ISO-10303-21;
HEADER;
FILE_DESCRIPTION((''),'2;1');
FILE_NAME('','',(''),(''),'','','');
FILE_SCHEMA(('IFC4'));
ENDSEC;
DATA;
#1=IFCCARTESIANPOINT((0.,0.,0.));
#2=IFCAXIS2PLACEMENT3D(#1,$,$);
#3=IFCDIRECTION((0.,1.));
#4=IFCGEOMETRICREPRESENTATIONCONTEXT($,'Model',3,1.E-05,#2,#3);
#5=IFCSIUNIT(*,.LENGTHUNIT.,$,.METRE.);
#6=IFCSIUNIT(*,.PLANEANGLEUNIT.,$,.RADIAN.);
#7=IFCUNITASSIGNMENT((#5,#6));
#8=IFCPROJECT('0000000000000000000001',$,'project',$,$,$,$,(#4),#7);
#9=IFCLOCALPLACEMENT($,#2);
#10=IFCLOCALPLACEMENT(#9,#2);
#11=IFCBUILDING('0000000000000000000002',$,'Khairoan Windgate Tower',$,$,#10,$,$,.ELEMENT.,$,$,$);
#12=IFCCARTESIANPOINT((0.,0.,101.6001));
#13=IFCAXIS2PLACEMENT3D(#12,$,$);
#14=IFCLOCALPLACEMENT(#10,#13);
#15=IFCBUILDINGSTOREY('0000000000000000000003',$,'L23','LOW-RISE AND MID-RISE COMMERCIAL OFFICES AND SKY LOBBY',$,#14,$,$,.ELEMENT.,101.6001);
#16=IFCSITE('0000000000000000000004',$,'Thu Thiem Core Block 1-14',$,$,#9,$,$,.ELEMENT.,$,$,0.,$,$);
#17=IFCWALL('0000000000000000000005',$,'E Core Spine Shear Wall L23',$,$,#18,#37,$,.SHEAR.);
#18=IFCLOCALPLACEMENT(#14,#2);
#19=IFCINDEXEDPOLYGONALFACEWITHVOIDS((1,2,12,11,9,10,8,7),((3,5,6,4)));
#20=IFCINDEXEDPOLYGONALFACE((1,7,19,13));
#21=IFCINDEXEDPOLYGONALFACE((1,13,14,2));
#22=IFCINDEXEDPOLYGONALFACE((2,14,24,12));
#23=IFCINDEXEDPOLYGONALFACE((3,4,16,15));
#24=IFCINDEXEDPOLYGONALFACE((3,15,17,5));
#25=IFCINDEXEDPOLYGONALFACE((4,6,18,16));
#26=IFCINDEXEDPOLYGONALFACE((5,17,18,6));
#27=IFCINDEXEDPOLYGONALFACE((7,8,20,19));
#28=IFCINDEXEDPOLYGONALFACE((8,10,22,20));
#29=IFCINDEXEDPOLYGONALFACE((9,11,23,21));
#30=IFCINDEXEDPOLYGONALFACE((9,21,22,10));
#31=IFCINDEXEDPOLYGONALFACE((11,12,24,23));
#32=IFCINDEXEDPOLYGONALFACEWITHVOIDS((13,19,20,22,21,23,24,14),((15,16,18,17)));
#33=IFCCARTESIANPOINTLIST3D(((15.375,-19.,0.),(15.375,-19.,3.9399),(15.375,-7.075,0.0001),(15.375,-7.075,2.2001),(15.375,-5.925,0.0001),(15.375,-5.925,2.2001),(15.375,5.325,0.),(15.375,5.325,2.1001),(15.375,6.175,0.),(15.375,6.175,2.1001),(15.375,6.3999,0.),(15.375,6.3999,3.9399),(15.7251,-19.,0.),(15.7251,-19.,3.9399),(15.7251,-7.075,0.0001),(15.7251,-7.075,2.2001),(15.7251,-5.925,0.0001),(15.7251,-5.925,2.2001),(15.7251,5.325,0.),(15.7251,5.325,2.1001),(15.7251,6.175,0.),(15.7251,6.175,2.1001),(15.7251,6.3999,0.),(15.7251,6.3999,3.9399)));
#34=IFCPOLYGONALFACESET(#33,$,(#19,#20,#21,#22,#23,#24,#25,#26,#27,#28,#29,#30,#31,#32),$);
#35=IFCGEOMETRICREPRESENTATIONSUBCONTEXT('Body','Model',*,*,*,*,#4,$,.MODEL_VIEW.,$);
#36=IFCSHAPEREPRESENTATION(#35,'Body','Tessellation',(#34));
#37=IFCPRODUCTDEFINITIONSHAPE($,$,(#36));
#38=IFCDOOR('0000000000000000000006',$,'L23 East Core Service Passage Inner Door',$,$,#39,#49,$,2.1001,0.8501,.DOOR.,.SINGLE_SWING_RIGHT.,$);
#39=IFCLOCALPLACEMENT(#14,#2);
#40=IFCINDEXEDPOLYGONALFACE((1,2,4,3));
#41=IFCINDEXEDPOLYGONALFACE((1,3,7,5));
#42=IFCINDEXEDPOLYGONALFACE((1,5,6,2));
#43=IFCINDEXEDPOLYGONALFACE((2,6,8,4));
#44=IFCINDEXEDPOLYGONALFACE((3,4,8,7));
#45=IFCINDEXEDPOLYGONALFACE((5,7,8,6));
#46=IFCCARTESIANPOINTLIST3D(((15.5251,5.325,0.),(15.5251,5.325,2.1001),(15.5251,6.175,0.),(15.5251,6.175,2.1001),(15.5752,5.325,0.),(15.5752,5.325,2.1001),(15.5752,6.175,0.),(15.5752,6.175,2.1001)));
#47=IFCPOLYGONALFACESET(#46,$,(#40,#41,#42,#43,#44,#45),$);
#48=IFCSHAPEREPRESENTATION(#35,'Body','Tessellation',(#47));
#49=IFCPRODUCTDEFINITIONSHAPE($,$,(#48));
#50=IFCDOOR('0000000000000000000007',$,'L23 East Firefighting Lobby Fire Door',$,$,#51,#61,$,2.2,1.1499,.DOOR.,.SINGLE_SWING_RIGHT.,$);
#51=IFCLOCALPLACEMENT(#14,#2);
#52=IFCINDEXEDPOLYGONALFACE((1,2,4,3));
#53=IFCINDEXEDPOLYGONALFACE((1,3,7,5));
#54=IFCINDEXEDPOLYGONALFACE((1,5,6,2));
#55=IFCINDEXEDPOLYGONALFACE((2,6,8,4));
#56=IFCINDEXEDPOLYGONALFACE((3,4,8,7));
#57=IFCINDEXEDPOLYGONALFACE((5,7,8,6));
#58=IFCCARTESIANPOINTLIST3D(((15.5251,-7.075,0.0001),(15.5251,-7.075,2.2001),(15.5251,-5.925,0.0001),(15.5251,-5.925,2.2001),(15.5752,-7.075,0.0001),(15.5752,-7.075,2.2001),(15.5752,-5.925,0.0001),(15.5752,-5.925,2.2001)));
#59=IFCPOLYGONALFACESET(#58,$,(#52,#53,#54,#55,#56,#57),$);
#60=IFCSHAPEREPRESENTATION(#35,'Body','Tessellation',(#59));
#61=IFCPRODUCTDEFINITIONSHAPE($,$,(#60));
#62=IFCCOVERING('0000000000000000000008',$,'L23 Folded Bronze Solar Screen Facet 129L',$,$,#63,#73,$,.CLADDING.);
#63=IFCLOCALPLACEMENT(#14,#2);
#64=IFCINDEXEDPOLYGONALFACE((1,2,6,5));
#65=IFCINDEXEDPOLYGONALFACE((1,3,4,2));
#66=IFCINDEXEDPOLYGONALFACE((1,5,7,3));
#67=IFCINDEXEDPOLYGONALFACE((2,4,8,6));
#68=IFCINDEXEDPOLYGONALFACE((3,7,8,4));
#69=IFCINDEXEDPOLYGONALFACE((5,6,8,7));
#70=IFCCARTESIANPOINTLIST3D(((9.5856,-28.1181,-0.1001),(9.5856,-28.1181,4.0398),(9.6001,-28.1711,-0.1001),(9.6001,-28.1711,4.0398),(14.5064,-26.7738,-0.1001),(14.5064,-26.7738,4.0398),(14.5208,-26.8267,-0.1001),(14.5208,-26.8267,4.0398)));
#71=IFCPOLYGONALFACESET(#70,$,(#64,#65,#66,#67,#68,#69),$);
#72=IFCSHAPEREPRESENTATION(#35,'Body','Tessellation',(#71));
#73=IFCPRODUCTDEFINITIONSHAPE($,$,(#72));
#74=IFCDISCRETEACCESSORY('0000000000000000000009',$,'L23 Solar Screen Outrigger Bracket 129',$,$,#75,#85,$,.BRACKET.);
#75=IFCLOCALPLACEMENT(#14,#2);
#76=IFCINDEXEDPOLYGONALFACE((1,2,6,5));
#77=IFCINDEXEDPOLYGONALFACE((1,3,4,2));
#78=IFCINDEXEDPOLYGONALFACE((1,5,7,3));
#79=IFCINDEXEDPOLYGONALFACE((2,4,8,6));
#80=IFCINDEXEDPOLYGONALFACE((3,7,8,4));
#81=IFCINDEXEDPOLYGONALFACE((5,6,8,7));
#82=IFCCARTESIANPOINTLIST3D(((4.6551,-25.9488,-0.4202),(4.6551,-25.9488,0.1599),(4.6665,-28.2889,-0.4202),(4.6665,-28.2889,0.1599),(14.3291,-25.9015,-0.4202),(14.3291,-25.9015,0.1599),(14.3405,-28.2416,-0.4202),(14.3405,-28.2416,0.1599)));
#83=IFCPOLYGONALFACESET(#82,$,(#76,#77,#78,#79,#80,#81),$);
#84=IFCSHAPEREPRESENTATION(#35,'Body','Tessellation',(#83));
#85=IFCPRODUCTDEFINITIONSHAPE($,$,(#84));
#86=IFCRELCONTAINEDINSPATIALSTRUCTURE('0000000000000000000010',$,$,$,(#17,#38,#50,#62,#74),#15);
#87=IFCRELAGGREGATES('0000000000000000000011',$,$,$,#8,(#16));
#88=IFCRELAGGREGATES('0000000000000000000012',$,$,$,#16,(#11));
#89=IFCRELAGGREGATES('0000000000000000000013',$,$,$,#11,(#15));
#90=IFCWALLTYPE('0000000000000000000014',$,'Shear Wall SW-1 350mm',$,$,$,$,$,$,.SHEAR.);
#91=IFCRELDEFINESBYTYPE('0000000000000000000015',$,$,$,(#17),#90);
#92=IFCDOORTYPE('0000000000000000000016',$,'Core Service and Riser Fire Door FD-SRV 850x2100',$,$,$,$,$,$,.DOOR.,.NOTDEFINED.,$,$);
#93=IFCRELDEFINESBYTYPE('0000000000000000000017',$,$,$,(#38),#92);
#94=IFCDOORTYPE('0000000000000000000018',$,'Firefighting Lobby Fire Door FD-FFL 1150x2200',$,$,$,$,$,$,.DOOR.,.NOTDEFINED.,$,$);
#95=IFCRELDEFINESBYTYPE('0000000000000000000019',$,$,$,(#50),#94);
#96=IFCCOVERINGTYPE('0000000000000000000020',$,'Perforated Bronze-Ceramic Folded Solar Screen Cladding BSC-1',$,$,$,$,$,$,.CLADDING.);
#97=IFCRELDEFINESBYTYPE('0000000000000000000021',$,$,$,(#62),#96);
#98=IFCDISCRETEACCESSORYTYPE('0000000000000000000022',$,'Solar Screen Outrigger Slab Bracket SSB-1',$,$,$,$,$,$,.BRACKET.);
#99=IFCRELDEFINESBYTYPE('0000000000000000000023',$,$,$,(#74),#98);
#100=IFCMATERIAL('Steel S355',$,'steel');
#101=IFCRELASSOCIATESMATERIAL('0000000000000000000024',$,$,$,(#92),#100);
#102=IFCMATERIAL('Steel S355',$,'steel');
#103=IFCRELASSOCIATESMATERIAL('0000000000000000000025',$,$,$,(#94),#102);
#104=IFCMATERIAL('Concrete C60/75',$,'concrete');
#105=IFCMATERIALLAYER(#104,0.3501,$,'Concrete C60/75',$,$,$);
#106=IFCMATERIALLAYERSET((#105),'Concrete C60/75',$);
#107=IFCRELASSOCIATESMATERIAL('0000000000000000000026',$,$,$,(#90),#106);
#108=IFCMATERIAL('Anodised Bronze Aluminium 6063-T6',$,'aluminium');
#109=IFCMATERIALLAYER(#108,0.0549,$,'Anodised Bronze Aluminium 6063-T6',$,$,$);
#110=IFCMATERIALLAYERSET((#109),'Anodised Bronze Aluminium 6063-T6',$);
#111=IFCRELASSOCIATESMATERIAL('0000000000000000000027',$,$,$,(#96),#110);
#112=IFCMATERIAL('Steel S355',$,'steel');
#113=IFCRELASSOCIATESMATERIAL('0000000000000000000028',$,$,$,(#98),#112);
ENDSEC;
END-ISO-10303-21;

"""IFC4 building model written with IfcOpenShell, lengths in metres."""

from ifc_helpers import new_model, si_unit, direction, frame, frame_2d, origin, origin_2d, place, context, subcontext, project, spatial, rectangle, extrude, material, layer, layer_set, type_object, element, fill, save


model = new_model("IFC4")

# Units and contexts
model_context = context("Model", 3, precision=1e-05, world=origin(), true_north=direction((0.0, 1.0)))
body_context = subcontext(model_context, "Body", "Model", "MODEL_VIEW")
ifc_project = project(units=[si_unit("LENGTHUNIT", "METRE"), si_unit("PLANEANGLEUNIT", "RADIAN")], contexts=[model_context])

# Site, building, storey
site_placement = place(None, origin())
site = spatial("IfcSite", under=ifc_project, at=site_placement, Name="Thu Thiem Core Block 1-14", CompositionType="ELEMENT", RefElevation=0.0)
building_placement = place(site_placement, origin())
building = spatial("IfcBuilding", under=site, at=building_placement, Name="Khairoan Windgate Tower", CompositionType="ELEMENT")
storey_placement = place(building_placement, frame((0.0, 0.0, 101.6001)))
storey = spatial("IfcBuildingStorey", under=building, at=storey_placement, Name="L23", Description="LOW-RISE AND MID-RISE COMMERCIAL OFFICES AND SKY LOBBY", CompositionType="ELEMENT", Elevation=101.6001)

# Shared definitions
ifc_material_1 = material(Name="Steel S355", Category="steel")
door_type_1 = type_object("IfcDoorType", Name="Core Service and Riser Fire Door FD-SRV 850x2100", OperationType="NOTDEFINED", PredefinedType="DOOR", material=ifc_material_1)
ifc_material_2 = material(Name="Steel S355", Category="steel")
door_type_2 = type_object("IfcDoorType", Name="Firefighting Lobby Fire Door FD-FFL 1150x2200", OperationType="NOTDEFINED", PredefinedType="DOOR", material=ifc_material_2)

# Wall, openings, doors
ifc_material_3 = material(Name="Concrete C60/75", Category="concrete")
ifc_layer_1 = layer(ifc_material_3, 0.3501, Name="Concrete C60/75")
ifc_layer_set_1 = layer_set([ifc_layer_1], Name="Concrete C60/75")
wall_type_1 = type_object("IfcWallType", Name="Shear Wall SW-1 350mm", PredefinedType="SHEAR", material=ifc_layer_set_1)
wall_1_placement = place(storey_placement, frame((15.55, -19.0, 0.0), z_axis=(0.0, 0.0, 1.0), x_axis=(0.0, 1.0, 0.0)))
wall_1 = element("IfcWall", 1, at=wall_1_placement, inside=storey, type_object=wall_type_1, Name="E Core Spine Shear Wall L23", PredefinedType="SHEAR", context=body_context, shape_type="SweptSolid", body=[
    extrude(rectangle(XDim=25.3999, YDim=0.3501, at=frame_2d((12.7, 0.0))), origin(), (0.0, 0.0, 1.0), 3.9399),
])
opening_1_placement = place(wall_1_placement, frame((11.925, 0.0, 0.0)))
opening_1 = element("IfcOpeningElement", 2, at=opening_1_placement, cuts=wall_1, PredefinedType="OPENING", context=body_context, shape_type="SweptSolid", body=[
    extrude(rectangle(XDim=1.1499, YDim=2.2, at=frame_2d((0.575, 1.1001))), frame((0.0, 0.1851, 0.0), z_axis=(0.0, -1.0, 0.0), x_axis=(1.0, 0.0, 0.0)), (0.0, 0.0, 1.0), 0.3701),
])
opening_2_placement = place(wall_1_placement, frame((24.325, 0.0, 0.0)))
opening_2 = element("IfcOpeningElement", 3, at=opening_2_placement, cuts=wall_1, PredefinedType="OPENING", context=body_context, shape_type="SweptSolid", body=[
    extrude(rectangle(XDim=0.8501, YDim=2.1001, at=frame_2d((0.425, 1.05))), frame((0.0, 0.1851, 0.0), z_axis=(0.0, -1.0, 0.0), x_axis=(1.0, 0.0, 0.0)), (0.0, 0.0, 1.0), 0.3701),
])
door_1_placement = place(opening_2_placement, origin())
door_1 = element("IfcDoor", 4, at=door_1_placement, inside=storey, type_object=door_type_1, Name="L23 East Core Service Passage Inner Door", OperationType="SINGLE_SWING_RIGHT", OverallHeight=2.1001, OverallWidth=0.8501, PredefinedType="DOOR", context=body_context, shape_type="SweptSolid", body=[
    extrude(rectangle(XDim=0.8501, YDim=2.1001, at=frame_2d((0.425, 1.05))), frame((0.0, 0.0249, 0.0), z_axis=(0.0, -1.0, 0.0), x_axis=(1.0, 0.0, 0.0)), (0.0, 0.0, 1.0), 0.05),
])
fill(opening_2, door_1)
door_2_placement = place(opening_1_placement, origin())
door_2 = element("IfcDoor", 5, at=door_2_placement, inside=storey, type_object=door_type_2, Name="L23 East Firefighting Lobby Fire Door", OperationType="SINGLE_SWING_RIGHT", OverallHeight=2.2, OverallWidth=1.1499, PredefinedType="DOOR", context=body_context, shape_type="SweptSolid", body=[
    extrude(rectangle(XDim=1.1499, YDim=2.2, at=frame_2d((0.575, 1.1001))), frame((0.0, 0.0249, 0.0), z_axis=(0.0, -1.0, 0.0), x_axis=(1.0, 0.0, 0.0)), (0.0, 0.0, 1.0), 0.05),
])
fill(opening_1, door_2)

# Covering
ifc_material_4 = material(Name="Anodised Bronze Aluminium 6063-T6", Category="aluminium")
ifc_layer_2 = layer(ifc_material_4, 0.0549, Name="Anodised Bronze Aluminium 6063-T6")
ifc_layer_set_2 = layer_set([ifc_layer_2], Name="Anodised Bronze Aluminium 6063-T6")
covering_type = type_object("IfcCoveringType", Name="Perforated Bronze-Ceramic Folded Solar Screen Cladding BSC-1", PredefinedType="CLADDING", material=ifc_layer_set_2)
covering_placement = place(storey_placement, frame((12.0532, -27.4724, -0.1001), z_axis=(0.0, 0.0, 1.0), x_axis=(-0.964649, -0.263536, 0.0)))
element("IfcCovering", 6, at=covering_placement, inside=storey, type_object=covering_type, Name="L23 Folded Bronze Solar Screen Facet 129L", PredefinedType="CLADDING", context=body_context, shape_type="SweptSolid", body=[
    extrude(rectangle(XDim=5.1011, YDim=0.0549, at=origin_2d()), origin(), (0.0, 0.0, 1.0), 4.1399),
])

# Discrete accessory
ifc_material_5 = material(Name="Steel S355", Category="steel")
discrete_accessory_type = type_object("IfcDiscreteAccessoryType", Name="Solar Screen Outrigger Slab Bracket SSB-1", PredefinedType="BRACKET", material=ifc_material_5)
discrete_accessory_placement = place(storey_placement, frame((9.4978, -27.0952, -0.4202), z_axis=(0.0, 0.0, 1.0), x_axis=(-0.999988, -0.004887, 0.0)))
element("IfcDiscreteAccessory", 7, at=discrete_accessory_placement, inside=storey, type_object=discrete_accessory_type, Name="L23 Solar Screen Outrigger Bracket 129", PredefinedType="BRACKET", context=body_context, shape_type="SweptSolid", body=[
    extrude(rectangle(XDim=9.6741, YDim=2.3401, at=origin_2d()), origin(), (0.0, 0.0, 1.0), 0.5801),
])

save(model, "model.ifc")
